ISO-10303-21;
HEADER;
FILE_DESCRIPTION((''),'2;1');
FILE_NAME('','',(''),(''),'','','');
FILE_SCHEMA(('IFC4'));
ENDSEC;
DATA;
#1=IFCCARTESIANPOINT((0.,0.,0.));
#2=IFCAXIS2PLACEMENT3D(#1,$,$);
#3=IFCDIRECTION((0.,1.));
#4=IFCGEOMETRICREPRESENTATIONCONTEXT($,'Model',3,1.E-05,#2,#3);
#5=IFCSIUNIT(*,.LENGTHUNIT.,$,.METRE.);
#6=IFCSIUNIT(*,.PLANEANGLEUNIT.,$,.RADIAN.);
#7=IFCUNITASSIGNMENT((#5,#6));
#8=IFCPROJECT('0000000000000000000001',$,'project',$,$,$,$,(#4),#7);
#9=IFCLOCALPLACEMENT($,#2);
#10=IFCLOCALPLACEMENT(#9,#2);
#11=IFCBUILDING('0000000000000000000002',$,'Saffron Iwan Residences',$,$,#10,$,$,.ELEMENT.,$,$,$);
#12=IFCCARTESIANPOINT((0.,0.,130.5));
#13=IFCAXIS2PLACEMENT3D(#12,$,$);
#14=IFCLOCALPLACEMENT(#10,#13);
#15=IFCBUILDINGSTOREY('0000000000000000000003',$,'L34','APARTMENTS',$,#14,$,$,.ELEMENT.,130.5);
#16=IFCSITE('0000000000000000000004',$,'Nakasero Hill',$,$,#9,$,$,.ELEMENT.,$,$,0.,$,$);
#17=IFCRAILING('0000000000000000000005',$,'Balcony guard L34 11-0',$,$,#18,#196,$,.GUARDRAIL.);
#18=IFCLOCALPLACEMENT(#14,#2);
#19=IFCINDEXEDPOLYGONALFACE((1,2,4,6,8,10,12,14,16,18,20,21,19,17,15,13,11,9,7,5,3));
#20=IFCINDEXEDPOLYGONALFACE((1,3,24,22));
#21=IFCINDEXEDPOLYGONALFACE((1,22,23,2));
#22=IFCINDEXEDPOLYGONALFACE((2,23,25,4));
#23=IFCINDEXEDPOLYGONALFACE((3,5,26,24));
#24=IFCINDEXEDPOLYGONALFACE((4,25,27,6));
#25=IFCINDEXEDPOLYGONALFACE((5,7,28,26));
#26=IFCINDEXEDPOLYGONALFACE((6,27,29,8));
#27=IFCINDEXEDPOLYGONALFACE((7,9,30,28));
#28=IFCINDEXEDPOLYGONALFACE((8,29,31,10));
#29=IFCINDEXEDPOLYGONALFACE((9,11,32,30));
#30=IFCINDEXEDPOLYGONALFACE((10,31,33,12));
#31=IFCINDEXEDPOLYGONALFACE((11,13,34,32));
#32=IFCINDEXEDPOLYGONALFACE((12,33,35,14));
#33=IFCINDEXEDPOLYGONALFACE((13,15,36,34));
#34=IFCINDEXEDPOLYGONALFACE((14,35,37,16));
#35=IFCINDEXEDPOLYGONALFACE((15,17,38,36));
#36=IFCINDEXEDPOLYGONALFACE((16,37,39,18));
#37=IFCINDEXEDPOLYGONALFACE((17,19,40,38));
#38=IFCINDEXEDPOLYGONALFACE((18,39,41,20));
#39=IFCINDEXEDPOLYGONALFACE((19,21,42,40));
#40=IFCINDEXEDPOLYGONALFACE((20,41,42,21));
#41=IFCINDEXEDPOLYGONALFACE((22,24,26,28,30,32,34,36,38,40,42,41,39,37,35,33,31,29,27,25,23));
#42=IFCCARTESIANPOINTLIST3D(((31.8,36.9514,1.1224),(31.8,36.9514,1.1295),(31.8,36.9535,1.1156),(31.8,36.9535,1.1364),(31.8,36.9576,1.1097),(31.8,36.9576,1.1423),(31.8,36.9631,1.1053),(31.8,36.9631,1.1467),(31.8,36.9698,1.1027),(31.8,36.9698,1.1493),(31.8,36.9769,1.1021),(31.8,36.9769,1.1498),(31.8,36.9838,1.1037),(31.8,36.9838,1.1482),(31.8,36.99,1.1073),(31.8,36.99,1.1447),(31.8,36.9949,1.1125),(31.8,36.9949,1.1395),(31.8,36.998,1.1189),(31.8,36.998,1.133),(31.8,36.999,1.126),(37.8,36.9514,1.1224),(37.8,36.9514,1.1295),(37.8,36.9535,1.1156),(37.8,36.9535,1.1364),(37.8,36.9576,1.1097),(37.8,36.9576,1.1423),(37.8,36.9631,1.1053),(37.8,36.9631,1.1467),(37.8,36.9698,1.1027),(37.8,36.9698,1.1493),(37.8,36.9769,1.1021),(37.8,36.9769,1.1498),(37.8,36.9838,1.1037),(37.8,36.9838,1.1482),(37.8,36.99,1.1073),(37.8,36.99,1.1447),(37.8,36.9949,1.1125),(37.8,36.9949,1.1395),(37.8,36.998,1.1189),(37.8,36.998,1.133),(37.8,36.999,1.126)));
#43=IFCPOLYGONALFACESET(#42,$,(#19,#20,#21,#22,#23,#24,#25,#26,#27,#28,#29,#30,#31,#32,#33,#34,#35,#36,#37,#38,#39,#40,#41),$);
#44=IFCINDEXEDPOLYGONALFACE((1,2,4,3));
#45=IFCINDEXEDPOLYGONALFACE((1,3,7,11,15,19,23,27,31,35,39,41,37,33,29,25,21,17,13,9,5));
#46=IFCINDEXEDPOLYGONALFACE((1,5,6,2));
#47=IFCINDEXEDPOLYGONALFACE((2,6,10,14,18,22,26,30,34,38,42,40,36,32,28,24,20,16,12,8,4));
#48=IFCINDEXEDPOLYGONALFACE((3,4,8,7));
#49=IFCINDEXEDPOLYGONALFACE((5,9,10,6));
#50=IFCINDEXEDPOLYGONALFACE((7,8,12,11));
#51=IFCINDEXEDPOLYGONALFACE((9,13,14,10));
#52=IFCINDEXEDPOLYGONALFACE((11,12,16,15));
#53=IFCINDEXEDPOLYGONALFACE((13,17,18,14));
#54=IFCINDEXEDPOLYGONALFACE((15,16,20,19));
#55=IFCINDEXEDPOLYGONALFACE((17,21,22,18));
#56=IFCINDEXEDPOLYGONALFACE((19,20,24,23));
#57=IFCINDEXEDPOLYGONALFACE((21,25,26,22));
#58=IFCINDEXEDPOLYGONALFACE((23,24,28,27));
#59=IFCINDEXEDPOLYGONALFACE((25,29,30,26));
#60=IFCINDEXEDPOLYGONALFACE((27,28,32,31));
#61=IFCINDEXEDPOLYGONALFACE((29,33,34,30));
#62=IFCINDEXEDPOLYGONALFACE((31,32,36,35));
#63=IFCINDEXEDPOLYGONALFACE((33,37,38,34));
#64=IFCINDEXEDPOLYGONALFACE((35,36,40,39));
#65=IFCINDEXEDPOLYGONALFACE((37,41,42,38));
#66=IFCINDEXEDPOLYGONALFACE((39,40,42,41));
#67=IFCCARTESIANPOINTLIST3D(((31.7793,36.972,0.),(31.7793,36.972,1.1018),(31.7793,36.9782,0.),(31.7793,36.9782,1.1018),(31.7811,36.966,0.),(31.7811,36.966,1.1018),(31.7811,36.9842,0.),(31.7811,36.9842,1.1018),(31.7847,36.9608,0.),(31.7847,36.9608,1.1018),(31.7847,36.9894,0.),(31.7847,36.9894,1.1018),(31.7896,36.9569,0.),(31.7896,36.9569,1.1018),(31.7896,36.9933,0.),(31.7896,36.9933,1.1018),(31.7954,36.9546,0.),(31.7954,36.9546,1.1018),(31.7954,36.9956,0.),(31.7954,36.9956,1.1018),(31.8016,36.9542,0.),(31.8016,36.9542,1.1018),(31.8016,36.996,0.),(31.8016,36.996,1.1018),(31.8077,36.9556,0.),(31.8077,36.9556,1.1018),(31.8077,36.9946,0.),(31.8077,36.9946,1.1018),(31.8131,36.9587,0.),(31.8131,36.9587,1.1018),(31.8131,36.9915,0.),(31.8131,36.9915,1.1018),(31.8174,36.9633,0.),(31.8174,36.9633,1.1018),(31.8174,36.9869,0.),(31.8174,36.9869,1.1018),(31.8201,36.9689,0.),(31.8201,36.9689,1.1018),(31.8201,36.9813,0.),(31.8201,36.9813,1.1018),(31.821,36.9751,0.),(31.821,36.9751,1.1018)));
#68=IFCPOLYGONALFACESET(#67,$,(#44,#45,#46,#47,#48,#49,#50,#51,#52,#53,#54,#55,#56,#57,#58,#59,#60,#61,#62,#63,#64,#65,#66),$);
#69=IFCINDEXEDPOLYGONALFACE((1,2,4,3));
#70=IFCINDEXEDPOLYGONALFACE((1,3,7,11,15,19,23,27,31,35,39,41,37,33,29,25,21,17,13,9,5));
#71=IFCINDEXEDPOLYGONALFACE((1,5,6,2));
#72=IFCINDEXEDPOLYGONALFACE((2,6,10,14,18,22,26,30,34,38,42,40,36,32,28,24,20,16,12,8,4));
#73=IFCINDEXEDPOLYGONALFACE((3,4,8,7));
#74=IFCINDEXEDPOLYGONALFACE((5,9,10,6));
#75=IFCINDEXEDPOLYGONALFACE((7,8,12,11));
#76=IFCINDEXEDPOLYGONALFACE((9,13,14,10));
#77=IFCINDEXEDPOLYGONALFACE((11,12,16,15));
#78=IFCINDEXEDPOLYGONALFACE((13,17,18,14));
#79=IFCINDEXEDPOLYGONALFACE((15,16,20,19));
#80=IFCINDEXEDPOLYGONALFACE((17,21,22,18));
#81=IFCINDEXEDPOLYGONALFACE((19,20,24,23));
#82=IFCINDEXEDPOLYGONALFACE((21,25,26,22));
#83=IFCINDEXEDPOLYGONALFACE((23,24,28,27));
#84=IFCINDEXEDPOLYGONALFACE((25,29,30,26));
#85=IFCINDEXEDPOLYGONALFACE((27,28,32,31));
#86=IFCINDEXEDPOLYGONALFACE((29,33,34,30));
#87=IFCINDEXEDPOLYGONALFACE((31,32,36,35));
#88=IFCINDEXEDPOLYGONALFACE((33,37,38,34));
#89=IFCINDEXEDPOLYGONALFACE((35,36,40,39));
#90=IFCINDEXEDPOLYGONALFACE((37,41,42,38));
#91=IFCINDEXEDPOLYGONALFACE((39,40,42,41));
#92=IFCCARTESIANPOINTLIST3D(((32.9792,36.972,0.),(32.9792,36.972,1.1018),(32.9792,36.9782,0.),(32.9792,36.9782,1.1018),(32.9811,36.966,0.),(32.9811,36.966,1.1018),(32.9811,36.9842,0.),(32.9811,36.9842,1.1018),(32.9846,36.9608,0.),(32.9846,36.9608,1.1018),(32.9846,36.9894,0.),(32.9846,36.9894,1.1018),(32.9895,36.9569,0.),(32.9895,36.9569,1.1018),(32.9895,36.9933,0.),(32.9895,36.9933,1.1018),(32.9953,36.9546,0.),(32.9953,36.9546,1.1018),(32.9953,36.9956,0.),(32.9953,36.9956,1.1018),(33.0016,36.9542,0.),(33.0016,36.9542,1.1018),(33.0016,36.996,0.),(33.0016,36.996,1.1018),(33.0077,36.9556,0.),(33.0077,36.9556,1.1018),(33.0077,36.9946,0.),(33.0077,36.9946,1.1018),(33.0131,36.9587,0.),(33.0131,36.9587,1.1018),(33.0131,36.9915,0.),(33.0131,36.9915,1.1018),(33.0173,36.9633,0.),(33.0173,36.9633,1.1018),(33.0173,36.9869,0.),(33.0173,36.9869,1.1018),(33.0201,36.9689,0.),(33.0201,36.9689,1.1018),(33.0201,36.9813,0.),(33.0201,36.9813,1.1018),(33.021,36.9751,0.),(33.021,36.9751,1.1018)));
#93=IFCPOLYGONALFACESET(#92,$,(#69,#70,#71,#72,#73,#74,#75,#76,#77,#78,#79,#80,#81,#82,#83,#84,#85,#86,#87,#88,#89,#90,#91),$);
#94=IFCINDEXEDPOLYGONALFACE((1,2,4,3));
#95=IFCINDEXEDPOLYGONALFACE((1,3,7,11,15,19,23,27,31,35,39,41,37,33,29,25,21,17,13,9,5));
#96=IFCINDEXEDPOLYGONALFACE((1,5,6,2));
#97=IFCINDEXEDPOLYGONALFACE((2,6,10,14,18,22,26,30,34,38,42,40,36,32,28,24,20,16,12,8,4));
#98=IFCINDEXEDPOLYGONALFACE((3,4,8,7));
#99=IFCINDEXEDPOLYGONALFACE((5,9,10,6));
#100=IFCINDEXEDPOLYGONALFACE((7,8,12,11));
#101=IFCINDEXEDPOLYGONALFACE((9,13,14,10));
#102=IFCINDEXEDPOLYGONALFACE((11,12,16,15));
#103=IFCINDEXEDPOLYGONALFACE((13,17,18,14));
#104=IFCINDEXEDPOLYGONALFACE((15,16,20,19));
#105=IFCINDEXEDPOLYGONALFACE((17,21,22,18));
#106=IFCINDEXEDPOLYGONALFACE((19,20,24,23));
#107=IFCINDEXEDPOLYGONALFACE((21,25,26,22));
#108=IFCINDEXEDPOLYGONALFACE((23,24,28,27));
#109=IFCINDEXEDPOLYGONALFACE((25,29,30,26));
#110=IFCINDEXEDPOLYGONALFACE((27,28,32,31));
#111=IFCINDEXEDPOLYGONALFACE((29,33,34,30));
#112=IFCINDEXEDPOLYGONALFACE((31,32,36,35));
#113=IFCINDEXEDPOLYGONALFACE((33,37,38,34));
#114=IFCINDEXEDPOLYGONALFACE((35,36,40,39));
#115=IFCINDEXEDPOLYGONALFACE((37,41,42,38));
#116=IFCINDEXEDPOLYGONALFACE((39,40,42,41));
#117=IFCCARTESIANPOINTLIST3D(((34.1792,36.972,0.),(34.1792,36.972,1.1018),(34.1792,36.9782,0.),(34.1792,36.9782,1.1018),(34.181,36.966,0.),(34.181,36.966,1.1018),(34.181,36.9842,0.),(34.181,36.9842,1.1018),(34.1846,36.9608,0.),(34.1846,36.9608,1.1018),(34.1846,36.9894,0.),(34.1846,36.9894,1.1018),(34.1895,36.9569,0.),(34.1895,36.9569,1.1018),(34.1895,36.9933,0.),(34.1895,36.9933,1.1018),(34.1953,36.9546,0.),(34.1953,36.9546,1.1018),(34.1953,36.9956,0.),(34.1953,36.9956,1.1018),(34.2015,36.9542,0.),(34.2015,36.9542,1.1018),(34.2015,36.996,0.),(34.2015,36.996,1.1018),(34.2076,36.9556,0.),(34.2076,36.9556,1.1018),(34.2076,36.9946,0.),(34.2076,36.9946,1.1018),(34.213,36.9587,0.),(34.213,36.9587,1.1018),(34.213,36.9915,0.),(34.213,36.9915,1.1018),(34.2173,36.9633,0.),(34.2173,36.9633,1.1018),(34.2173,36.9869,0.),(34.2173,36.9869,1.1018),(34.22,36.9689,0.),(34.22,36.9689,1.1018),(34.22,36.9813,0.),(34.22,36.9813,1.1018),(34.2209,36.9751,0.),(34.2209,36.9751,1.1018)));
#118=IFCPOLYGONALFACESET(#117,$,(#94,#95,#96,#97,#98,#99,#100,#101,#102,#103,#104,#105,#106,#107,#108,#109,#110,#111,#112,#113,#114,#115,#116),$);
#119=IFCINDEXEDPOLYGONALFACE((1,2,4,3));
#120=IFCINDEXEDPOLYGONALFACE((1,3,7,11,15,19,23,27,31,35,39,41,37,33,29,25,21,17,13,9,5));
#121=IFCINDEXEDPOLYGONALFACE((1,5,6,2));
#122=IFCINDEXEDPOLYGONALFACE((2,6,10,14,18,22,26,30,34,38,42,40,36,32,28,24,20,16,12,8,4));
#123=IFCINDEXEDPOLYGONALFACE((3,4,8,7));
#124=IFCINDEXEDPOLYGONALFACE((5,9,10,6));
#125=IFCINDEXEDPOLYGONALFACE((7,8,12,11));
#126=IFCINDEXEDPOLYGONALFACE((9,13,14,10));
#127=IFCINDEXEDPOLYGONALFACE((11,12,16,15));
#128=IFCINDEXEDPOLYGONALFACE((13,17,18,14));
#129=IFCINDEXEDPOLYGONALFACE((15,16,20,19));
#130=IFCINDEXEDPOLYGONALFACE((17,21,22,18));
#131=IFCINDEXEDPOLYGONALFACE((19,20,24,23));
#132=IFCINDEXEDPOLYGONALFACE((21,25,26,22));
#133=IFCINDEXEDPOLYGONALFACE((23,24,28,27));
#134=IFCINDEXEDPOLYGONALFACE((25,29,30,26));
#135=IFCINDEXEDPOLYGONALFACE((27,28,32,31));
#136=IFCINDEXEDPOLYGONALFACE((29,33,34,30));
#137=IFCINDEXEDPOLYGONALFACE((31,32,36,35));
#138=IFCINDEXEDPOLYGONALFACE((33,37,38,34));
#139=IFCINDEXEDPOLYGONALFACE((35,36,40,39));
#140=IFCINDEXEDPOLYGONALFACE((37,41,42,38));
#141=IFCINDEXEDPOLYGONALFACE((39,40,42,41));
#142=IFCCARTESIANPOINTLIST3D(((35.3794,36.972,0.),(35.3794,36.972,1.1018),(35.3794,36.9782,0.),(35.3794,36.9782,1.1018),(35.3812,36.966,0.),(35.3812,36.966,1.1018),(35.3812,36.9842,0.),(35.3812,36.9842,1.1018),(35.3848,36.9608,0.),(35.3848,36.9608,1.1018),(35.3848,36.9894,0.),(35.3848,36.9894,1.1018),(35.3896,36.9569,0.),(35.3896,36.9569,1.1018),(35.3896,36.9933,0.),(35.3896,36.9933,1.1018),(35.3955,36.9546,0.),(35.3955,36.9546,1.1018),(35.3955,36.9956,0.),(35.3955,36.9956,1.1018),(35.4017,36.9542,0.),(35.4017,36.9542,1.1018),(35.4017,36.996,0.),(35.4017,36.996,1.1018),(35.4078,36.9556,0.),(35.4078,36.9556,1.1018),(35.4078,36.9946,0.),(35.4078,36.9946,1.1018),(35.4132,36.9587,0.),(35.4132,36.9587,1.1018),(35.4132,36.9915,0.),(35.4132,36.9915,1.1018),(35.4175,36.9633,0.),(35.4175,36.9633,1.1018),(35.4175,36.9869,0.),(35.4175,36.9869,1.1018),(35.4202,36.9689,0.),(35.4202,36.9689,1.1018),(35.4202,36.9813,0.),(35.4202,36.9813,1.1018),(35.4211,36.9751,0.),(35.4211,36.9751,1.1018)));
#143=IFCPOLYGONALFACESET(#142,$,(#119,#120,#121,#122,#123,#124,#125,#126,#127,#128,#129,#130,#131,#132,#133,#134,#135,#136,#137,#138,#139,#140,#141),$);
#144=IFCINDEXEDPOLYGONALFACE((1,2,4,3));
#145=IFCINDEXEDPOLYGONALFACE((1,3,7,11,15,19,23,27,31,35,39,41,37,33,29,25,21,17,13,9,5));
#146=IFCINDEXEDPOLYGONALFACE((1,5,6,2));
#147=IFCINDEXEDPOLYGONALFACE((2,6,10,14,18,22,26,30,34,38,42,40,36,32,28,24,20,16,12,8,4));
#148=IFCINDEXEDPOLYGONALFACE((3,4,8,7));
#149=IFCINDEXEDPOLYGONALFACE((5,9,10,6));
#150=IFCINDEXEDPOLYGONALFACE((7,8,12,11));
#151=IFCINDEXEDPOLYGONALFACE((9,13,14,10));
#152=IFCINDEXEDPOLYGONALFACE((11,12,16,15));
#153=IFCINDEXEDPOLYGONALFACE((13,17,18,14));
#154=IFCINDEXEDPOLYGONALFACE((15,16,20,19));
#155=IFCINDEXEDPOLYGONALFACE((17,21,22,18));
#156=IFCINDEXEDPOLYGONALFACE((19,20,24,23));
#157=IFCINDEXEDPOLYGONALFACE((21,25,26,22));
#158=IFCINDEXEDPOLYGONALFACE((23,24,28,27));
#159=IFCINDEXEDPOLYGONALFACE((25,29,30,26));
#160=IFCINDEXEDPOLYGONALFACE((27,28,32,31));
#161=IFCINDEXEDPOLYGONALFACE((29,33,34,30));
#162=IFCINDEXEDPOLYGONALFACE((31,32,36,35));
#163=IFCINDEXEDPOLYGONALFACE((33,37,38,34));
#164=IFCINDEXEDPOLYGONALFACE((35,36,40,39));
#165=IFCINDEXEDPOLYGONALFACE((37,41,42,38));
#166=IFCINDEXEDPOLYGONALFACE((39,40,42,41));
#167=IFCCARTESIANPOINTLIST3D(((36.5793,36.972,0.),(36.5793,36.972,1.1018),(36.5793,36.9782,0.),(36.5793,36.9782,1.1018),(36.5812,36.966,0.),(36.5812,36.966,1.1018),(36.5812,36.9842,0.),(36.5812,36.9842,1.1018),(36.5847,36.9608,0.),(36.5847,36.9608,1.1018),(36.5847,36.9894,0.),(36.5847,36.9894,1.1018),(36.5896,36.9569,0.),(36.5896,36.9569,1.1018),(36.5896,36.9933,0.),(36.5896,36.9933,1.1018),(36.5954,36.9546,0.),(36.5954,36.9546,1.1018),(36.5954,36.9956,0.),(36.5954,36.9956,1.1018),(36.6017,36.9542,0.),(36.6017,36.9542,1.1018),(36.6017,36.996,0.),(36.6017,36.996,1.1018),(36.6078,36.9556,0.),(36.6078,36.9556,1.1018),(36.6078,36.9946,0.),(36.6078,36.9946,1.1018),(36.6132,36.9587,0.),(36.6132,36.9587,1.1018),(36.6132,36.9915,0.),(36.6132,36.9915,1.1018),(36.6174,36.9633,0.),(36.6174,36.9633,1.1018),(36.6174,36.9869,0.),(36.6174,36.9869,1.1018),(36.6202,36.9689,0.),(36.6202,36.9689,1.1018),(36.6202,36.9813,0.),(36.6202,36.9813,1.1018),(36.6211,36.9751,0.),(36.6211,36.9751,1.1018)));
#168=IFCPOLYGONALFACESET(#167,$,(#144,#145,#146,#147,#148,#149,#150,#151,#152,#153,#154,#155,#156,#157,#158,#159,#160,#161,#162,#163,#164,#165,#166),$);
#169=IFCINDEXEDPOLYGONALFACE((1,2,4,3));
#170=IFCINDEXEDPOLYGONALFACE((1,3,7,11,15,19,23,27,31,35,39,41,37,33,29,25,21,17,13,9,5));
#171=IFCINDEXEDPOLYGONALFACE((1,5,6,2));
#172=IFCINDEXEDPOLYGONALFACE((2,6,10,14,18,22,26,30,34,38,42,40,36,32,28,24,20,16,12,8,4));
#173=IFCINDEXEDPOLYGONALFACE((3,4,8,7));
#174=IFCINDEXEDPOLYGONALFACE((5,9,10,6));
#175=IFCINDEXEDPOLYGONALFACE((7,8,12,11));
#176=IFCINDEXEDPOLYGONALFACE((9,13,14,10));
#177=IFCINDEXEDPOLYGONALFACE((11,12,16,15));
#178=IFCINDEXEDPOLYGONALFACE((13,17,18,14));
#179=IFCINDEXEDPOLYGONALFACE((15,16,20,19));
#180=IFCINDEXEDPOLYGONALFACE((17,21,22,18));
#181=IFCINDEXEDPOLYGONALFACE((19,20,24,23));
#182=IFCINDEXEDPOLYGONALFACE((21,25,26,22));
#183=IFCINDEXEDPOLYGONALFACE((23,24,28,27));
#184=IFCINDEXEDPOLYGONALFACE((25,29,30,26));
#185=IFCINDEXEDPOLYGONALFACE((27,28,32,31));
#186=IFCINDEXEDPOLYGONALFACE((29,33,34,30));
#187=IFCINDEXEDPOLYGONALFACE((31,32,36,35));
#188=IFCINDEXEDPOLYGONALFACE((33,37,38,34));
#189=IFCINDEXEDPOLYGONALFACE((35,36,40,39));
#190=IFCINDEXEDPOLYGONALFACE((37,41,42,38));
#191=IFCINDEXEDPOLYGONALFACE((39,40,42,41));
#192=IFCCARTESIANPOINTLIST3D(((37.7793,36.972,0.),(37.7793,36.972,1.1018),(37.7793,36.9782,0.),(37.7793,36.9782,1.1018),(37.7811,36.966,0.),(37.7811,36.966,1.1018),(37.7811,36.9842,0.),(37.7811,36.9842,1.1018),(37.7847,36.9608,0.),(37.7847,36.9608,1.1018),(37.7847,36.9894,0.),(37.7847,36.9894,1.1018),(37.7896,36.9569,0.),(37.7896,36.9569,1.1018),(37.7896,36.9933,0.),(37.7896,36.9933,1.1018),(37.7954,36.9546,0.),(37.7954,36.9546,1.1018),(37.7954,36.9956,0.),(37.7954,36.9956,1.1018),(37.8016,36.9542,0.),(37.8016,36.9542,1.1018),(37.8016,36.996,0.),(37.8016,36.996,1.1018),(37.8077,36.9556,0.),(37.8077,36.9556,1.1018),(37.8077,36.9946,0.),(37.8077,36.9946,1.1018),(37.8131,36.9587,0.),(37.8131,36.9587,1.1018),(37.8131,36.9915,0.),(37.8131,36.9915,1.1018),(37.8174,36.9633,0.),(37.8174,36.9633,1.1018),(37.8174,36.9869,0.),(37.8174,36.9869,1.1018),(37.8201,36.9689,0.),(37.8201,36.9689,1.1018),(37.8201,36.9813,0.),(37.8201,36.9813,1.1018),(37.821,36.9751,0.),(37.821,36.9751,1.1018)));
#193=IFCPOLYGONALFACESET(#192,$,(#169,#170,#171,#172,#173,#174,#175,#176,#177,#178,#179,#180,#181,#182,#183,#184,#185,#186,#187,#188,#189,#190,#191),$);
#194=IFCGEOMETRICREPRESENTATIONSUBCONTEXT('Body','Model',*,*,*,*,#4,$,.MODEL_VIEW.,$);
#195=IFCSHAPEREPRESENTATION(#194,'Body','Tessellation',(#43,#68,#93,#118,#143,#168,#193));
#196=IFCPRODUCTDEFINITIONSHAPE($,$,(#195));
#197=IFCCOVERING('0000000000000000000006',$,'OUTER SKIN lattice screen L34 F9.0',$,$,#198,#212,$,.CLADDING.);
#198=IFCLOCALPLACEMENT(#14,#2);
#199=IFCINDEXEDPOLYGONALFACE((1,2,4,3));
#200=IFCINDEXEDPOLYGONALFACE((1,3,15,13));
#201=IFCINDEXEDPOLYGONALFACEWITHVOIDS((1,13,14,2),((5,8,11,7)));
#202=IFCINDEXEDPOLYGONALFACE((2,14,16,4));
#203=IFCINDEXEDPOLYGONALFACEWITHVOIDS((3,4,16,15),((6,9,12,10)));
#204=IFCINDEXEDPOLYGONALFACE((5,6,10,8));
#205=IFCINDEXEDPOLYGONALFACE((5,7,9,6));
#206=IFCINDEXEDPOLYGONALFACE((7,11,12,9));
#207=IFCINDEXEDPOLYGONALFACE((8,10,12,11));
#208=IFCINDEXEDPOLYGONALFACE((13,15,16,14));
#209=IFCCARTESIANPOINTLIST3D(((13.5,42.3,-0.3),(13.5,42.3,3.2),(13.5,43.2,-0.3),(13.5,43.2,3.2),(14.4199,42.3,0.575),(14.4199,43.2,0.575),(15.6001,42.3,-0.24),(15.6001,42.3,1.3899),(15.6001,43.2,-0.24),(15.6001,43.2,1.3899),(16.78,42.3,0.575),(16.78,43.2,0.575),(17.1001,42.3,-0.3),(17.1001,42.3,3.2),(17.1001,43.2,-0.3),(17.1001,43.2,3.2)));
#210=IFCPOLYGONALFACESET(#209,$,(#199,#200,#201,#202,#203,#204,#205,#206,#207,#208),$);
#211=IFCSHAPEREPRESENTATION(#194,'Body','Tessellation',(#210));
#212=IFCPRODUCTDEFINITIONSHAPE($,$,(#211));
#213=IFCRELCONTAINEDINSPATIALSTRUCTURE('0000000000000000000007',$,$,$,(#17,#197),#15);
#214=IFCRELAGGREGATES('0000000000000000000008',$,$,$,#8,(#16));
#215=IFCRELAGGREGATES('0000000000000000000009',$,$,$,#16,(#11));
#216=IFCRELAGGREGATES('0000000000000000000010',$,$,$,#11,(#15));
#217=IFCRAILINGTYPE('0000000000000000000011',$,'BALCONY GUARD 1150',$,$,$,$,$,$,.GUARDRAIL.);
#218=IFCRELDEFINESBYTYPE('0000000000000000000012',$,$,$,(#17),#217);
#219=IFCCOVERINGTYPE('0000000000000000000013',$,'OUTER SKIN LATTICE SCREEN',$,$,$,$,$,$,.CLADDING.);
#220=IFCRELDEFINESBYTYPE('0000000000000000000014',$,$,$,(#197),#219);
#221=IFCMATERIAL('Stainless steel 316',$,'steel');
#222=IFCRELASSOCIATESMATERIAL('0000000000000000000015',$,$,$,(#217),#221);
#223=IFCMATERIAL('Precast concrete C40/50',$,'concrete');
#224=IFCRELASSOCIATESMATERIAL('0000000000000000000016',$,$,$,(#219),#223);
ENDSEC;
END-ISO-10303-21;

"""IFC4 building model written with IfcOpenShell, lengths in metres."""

from ifc_helpers import new_model, si_unit, direction, frame, origin, origin_2d, place, context, subcontext, project, spatial, polyline, circle, outline, extrude, material, type_object, element, save


model = new_model("IFC4")

# Units and contexts
model_context = context("Model", 3, precision=1e-05, world=origin(), true_north=direction((0.0, 1.0)))
body_context = subcontext(model_context, "Body", "Model", "MODEL_VIEW")
ifc_project = project(units=[si_unit("LENGTHUNIT", "METRE"), si_unit("PLANEANGLEUNIT", "RADIAN")], contexts=[model_context])

# Site, building, storey
site_placement = place(None, origin())
site = spatial("IfcSite", under=ifc_project, at=site_placement, Name="Nakasero Hill", CompositionType="ELEMENT", RefElevation=0.0)
building_placement = place(site_placement, origin())
building = spatial("IfcBuilding", under=site, at=building_placement, Name="Saffron Iwan Residences", CompositionType="ELEMENT")
storey_placement = place(building_placement, frame((0.0, 0.0, 130.5)))
storey = spatial("IfcBuildingStorey", under=building, at=storey_placement, Name="L34", Description="APARTMENTS", CompositionType="ELEMENT", Elevation=130.5)

# Railing
ifc_material_1 = material(Name="Stainless steel 316", Category="steel")
railing_type = type_object("IfcRailingType", Name="BALCONY GUARD 1150", PredefinedType="GUARDRAIL", material=ifc_material_1)
railing_placement = place(storey_placement, frame((31.8, 36.9751, 0.0)))
element("IfcRailing", 1, at=railing_placement, inside=storey, type_object=railing_type, Name="Balcony guard L34 11-0", PredefinedType="GUARDRAIL", context=body_context, shape_type="SweptSolid", body=[
    extrude(circle(Radius=0.0239, at=origin_2d()), frame((0.0, 0.0, 1.126), z_axis=(1.0, 0.0, 0.0), x_axis=(0.0, 1.0, 0.0)), (0.0, 0.0, 1.0), 6.0),
    extrude(circle(Radius=0.021, at=origin_2d()), origin(), (0.0, 0.0, 1.0), 1.1018),
    extrude(circle(Radius=0.021, at=origin_2d()), frame((1.2, 0.0, 0.0)), (0.0, 0.0, 1.0), 1.1018),
    extrude(circle(Radius=0.021, at=origin_2d()), frame((2.3999, 0.0, 0.0)), (0.0, 0.0, 1.0), 1.1018),
    extrude(circle(Radius=0.021, at=origin_2d()), frame((3.6001, 0.0, 0.0)), (0.0, 0.0, 1.0), 1.1018),
    extrude(circle(Radius=0.021, at=origin_2d()), frame((4.8, 0.0, 0.0)), (0.0, 0.0, 1.0), 1.1018),
    extrude(circle(Radius=0.021, at=origin_2d()), frame((6.0, 0.0, 0.0)), (0.0, 0.0, 1.0), 1.1018),
])

# Covering
ifc_material_2 = material(Name="Precast concrete C40/50", Category="concrete")
covering_type = type_object("IfcCoveringType", Name="OUTER SKIN LATTICE SCREEN", PredefinedType="CLADDING", material=ifc_material_2)
for number, where, z_axis, x_axis, name in (
    (2, (13.5, 43.2, -0.3), (0.0, -1.0, 0.0), (1.0, 0.0, 0.0), "OUTER SKIN lattice screen L34 F9.0"),
):
    element("IfcCovering", number, at=place(storey_placement, frame(where, z_axis=z_axis, x_axis=x_axis)), inside=storey, type_object=covering_type, Name=name, PredefinedType="CLADDING", context=body_context, shape_type="SweptSolid", body=[
        extrude(outline(polyline([(0.0, 0.0), (3.6001, 0.0), (3.6001, 3.5), (0.0, 3.5), (0.0, 0.0)]), holes=[polyline([(0.9199, 0.875), (2.1001, 0.0601), (3.28, 0.875), (2.1001, 1.6899), (0.9199, 0.875)])]), origin(), (0.0, 0.0, 1.0), 0.8999),
    ])

save(model, "model.ifc")
